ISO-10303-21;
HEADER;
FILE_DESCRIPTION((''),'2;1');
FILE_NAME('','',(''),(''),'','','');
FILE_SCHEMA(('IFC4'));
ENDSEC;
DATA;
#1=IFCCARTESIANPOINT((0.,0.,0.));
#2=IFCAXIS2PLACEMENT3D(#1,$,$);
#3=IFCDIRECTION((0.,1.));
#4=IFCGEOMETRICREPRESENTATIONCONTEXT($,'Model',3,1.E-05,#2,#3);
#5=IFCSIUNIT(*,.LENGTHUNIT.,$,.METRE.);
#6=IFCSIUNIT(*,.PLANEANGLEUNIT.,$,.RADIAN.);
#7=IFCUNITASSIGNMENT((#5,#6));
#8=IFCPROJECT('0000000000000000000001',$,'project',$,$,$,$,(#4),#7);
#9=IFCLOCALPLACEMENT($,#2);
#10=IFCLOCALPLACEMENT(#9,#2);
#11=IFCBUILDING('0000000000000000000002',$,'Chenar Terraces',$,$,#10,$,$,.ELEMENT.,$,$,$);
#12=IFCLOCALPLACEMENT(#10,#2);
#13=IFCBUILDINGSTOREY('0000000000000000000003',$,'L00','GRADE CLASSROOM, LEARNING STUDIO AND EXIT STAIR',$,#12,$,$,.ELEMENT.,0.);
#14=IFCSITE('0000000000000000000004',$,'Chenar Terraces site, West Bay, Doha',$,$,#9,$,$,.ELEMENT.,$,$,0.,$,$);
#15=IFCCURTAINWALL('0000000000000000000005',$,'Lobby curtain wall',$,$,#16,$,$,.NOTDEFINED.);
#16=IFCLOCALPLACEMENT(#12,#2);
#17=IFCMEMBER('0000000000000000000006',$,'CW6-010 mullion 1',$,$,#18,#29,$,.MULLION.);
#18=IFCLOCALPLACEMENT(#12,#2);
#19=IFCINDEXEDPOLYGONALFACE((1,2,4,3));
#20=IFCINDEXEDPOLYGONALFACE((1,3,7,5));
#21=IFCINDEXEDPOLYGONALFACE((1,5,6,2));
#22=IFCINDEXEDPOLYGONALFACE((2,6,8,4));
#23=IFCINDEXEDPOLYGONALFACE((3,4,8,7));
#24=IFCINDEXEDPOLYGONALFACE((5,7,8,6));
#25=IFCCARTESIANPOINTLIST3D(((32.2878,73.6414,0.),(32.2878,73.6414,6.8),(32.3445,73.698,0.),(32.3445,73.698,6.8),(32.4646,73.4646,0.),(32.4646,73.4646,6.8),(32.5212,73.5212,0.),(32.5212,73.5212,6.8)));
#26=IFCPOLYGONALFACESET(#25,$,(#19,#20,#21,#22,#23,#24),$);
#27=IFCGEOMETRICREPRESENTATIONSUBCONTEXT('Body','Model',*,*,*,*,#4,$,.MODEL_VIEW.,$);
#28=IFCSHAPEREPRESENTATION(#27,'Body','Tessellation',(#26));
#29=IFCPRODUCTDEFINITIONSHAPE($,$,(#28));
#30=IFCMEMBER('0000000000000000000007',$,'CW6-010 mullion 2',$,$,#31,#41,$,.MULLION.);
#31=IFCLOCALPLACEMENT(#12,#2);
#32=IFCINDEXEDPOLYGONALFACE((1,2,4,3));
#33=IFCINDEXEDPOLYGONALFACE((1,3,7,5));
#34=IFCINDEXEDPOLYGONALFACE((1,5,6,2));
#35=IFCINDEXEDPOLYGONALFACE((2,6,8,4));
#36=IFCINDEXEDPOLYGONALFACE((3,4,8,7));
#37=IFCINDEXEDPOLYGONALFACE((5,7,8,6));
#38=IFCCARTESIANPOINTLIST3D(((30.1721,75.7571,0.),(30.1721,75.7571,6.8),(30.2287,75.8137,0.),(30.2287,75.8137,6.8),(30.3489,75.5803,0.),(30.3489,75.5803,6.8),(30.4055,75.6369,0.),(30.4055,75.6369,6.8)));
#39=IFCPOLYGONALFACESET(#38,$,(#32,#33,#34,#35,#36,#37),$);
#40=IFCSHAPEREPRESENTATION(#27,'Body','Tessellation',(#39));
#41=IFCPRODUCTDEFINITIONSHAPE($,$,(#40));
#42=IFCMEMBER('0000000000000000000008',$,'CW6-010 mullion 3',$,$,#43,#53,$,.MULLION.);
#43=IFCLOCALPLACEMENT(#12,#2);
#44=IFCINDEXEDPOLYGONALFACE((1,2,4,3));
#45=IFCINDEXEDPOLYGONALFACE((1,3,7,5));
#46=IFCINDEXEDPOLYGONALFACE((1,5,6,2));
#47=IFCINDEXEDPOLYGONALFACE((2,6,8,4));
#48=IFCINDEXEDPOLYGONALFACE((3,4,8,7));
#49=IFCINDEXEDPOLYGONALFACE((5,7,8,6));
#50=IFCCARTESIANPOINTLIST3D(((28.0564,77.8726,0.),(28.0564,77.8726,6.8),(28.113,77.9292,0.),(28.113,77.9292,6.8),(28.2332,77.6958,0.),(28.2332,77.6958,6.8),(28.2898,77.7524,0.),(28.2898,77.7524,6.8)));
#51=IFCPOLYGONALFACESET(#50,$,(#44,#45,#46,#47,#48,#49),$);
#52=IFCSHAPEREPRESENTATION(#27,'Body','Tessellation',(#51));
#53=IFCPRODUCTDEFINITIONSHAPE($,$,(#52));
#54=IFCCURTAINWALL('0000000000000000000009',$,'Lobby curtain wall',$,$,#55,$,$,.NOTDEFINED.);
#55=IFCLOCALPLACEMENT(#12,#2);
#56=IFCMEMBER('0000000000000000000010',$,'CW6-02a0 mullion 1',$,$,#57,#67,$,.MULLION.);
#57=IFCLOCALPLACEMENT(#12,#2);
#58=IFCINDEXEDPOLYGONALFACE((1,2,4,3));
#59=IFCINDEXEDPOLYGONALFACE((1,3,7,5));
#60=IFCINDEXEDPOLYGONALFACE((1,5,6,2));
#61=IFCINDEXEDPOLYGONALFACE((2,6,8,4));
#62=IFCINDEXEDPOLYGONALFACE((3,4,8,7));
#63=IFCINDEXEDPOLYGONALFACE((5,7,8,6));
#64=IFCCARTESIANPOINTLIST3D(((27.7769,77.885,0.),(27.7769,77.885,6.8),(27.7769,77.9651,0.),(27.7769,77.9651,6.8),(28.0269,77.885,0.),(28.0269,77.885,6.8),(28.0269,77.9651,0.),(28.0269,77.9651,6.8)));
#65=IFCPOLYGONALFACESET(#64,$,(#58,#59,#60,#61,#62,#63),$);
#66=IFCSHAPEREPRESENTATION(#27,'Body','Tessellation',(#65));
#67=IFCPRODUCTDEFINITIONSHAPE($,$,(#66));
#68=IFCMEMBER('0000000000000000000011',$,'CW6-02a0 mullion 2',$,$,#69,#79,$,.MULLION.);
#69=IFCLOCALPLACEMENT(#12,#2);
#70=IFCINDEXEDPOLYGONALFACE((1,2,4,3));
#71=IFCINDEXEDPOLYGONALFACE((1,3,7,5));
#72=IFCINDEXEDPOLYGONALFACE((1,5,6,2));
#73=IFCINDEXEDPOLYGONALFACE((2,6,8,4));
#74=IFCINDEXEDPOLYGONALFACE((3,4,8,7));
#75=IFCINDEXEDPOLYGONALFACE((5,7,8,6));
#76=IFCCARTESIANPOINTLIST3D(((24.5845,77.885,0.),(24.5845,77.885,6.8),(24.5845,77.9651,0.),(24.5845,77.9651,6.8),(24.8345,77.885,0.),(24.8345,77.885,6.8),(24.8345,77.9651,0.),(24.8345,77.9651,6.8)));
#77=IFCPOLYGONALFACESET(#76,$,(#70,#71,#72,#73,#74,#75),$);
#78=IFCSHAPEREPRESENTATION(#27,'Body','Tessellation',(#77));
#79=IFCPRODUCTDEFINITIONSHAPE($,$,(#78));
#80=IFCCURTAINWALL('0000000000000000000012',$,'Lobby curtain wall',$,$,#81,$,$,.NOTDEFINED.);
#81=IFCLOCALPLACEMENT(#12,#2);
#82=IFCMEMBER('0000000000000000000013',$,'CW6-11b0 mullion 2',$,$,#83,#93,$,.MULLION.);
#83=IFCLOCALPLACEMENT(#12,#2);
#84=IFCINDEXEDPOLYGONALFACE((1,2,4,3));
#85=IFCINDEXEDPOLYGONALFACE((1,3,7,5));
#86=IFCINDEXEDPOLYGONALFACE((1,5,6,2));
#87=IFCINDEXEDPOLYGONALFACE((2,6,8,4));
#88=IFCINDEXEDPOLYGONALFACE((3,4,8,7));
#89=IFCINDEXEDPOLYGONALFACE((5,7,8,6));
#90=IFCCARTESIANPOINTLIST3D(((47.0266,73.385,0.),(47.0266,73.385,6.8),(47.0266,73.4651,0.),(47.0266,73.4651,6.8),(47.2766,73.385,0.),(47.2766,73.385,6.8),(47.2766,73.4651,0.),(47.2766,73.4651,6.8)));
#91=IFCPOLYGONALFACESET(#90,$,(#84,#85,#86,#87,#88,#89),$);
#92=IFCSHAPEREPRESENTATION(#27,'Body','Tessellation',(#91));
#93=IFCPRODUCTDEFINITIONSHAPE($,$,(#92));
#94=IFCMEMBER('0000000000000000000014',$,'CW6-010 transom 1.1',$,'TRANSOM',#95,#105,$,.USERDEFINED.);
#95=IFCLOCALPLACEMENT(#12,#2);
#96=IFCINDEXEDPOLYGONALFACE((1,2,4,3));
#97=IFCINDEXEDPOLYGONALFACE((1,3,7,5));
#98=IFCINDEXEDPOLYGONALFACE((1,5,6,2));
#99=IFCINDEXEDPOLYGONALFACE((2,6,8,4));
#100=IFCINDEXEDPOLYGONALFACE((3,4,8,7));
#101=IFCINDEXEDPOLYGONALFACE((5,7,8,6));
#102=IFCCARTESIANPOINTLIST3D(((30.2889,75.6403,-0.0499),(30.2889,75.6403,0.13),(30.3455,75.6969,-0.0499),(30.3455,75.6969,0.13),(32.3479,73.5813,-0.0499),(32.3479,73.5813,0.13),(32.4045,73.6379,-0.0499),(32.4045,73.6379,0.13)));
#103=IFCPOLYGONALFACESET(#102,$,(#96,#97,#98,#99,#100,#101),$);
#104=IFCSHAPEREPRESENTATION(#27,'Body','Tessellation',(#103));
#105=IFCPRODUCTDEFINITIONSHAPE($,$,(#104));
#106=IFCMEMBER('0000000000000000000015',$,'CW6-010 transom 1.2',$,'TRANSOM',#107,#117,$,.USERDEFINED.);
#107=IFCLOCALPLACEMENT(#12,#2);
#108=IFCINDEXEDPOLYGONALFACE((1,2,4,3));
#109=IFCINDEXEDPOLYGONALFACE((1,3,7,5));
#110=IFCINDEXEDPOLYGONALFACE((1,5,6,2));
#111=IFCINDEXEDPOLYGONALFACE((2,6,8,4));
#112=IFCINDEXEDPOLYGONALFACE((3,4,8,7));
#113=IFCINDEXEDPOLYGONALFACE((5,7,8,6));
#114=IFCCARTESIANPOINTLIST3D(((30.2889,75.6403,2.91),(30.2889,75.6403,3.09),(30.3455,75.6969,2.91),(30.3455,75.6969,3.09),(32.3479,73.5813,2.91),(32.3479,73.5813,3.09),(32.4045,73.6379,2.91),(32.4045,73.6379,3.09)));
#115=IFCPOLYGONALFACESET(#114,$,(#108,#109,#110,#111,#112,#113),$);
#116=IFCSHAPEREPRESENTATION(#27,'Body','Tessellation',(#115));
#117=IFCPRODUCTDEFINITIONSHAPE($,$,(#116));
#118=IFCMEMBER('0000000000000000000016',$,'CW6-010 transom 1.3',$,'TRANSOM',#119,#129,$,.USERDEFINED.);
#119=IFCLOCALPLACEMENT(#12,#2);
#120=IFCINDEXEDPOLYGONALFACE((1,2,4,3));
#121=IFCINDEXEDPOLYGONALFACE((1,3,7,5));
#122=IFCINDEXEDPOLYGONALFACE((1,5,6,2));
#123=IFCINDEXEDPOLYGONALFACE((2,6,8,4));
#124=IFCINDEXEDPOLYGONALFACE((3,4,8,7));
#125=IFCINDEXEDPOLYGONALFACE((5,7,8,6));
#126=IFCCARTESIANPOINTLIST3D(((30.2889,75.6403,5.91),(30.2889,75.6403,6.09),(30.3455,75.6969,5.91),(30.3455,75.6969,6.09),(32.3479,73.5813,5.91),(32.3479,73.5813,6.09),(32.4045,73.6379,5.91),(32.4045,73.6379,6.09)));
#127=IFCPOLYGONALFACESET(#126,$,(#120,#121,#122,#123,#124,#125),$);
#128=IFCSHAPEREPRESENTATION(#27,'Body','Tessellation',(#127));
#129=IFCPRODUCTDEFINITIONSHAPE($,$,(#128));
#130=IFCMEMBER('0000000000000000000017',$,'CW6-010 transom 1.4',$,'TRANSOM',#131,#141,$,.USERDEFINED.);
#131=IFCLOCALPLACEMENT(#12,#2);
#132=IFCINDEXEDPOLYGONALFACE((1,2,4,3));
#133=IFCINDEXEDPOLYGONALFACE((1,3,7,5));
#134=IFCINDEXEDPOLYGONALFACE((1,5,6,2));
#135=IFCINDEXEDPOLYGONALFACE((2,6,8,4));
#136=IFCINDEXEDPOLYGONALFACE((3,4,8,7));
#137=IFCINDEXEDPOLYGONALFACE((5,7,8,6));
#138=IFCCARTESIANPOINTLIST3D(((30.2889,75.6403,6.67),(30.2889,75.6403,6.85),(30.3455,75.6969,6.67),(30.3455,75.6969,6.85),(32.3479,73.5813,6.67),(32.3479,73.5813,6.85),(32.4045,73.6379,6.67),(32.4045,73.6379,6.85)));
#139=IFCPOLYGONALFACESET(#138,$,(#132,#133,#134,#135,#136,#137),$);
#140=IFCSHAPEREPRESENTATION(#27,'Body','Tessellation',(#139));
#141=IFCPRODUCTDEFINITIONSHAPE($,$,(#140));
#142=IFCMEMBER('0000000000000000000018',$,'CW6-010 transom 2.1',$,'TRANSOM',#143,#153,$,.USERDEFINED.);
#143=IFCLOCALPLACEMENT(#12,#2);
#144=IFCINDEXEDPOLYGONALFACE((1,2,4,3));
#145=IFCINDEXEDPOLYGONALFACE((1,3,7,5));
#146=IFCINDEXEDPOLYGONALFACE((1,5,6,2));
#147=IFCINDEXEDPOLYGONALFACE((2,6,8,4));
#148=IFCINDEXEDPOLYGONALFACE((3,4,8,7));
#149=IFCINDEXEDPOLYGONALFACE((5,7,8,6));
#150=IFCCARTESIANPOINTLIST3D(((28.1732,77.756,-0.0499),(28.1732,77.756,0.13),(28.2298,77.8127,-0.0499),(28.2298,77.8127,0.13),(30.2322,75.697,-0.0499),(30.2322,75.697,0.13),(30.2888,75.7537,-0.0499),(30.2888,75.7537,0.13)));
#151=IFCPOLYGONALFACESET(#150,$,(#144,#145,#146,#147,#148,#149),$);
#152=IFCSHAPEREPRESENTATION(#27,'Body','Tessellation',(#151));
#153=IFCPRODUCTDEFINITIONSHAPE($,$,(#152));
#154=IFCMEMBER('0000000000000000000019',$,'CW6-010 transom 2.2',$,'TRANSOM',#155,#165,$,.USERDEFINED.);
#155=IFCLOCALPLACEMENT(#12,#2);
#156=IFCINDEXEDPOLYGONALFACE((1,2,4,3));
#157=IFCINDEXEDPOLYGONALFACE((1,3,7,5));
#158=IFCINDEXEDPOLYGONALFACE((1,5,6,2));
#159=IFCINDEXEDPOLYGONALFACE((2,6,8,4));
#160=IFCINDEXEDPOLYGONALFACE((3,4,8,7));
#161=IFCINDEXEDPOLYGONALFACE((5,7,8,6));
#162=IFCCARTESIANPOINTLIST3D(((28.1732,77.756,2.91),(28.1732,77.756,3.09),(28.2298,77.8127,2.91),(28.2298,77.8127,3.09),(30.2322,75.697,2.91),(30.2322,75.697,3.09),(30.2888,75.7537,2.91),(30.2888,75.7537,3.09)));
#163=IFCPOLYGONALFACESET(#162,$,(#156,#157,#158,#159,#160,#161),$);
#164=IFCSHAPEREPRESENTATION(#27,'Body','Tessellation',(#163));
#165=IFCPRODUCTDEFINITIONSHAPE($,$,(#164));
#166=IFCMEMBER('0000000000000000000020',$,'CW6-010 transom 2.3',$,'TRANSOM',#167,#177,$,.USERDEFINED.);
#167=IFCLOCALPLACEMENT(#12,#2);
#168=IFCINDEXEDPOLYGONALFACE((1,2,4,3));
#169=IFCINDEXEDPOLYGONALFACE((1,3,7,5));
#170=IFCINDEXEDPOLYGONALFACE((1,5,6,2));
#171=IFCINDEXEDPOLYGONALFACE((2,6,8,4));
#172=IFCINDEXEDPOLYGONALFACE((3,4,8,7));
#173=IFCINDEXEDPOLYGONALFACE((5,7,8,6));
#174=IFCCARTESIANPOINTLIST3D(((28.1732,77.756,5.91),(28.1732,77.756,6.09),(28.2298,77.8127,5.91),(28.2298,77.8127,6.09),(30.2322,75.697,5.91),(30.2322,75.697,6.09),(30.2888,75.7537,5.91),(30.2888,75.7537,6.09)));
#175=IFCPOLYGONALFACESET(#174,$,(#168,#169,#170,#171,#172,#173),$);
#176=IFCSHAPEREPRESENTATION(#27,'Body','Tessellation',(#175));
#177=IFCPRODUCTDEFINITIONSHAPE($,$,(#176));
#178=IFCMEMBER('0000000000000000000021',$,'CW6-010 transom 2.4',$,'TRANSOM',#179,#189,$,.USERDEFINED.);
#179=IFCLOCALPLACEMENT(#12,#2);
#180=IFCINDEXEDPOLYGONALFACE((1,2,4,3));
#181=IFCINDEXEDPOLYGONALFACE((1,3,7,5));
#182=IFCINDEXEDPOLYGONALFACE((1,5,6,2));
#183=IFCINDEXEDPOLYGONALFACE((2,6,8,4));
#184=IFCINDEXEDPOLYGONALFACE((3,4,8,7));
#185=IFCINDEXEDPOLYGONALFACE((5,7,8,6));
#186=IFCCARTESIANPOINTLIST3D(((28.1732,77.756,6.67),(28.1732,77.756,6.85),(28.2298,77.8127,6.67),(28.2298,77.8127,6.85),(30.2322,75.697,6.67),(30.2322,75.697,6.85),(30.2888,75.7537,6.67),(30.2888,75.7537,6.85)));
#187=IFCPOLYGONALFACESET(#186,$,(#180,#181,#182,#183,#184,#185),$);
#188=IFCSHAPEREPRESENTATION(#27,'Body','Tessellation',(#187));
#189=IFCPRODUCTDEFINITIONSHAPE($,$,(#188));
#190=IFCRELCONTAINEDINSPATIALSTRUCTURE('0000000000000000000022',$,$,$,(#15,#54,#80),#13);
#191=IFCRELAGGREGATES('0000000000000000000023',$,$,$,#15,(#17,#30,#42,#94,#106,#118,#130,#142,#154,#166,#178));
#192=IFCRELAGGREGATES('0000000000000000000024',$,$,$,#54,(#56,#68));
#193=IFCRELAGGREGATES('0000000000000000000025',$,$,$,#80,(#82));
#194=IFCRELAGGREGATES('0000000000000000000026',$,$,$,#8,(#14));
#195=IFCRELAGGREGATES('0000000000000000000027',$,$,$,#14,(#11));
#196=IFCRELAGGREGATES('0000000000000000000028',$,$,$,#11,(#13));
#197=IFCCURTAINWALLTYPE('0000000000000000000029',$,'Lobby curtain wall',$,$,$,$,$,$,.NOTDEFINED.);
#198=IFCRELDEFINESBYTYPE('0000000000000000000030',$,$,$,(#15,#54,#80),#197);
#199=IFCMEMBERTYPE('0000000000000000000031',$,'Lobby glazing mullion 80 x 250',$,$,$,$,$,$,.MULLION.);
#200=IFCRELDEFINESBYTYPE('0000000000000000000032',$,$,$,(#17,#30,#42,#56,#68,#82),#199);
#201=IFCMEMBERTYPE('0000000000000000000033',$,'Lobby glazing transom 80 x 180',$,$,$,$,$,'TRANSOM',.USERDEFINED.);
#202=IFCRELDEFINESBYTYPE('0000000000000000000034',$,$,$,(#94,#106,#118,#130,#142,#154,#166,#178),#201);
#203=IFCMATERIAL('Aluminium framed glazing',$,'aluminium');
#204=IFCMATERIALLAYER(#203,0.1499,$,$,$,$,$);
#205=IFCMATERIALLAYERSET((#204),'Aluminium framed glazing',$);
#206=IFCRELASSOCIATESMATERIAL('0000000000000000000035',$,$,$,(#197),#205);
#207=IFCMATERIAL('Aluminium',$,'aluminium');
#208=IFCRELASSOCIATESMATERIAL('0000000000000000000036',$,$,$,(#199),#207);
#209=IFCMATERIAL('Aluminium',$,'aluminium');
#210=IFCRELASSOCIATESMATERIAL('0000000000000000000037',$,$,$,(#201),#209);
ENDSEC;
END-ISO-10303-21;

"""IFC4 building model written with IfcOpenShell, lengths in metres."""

from ifc_helpers import new_model, si_unit, direction, frame, origin, origin_2d, place, context, subcontext, project, spatial, rectangle, extrude, material, layer, layer_set, material_profile, profile_set, type_object, element, aggregate, save


model = new_model("IFC4")

# Units and contexts
model_context = context("Model", 3, precision=1e-05, world=origin(), true_north=direction((0.0, 1.0)))
body_context = subcontext(model_context, "Body", "Model", "MODEL_VIEW")
ifc_project = project(units=[si_unit("LENGTHUNIT", "METRE"), si_unit("PLANEANGLEUNIT", "RADIAN")], contexts=[model_context])

# Site, building, storey
site_placement = place(None, origin())
site = spatial("IfcSite", under=ifc_project, at=site_placement, Name="Chenar Terraces site, West Bay, Doha", CompositionType="ELEMENT", RefElevation=0.0)
building_placement = place(site_placement, origin())
building = spatial("IfcBuilding", under=site, at=building_placement, Name="Chenar Terraces", CompositionType="ELEMENT")
storey_placement = place(building_placement, origin())
storey = spatial("IfcBuildingStorey", under=building, at=storey_placement, Name="L00", Description="GRADE CLASSROOM, LEARNING STUDIO AND EXIT STAIR", CompositionType="ELEMENT", Elevation=0.0)

# Curtain walls, members
ifc_material_1 = material(Name="Aluminium framed glazing", Category="aluminium")
ifc_layer_1 = layer(ifc_material_1, 0.1499)
ifc_layer_set_1 = layer_set([ifc_layer_1], Name="Aluminium framed glazing")
curtain_wall_type = type_object("IfcCurtainWallType", Name="Lobby curtain wall", PredefinedType="NOTDEFINED", material=ifc_layer_set_1)
placement = place(storey_placement, origin())
curtain_wall_1 = element("IfcCurtainWall", 1, at=placement, inside=storey, type_object=curtain_wall_type, Name="Lobby curtain wall", PredefinedType="NOTDEFINED")
ifc_material_2 = material(Name="Aluminium", Category="aluminium")
ifc_material_profile_1 = material_profile(ifc_material_2, rectangle(XDim=0.0801, YDim=0.25, at=origin_2d()), Name="Lobby glazing mullion 80 x 250")
ifc_profile_set_1 = profile_set([ifc_material_profile_1], Name="Aluminium")
member_type_1 = type_object("IfcMemberType", Name="Lobby glazing mullion 80 x 250", PredefinedType="MULLION", material=ifc_profile_set_1)
member_1_placement = place(storey_placement, frame((32.4045, 73.5813, 0.0), z_axis=(0.0, 0.0, 1.0), x_axis=(-0.707107, -0.707107, 0.0)))
member_1 = element("IfcMember", 2, at=member_1_placement, type_object=member_type_1, Name="CW6-010 mullion 1", PredefinedType="MULLION", context=body_context, shape_type="SweptSolid", body=[
    extrude(rectangle(XDim=0.0801, YDim=0.25, at=origin_2d()), origin(), (0.0, 0.0, 1.0), 6.8),
])
member_2_placement = place(storey_placement, frame((30.2888, 75.697, 0.0), z_axis=(0.0, 0.0, 1.0), x_axis=(-0.707107, -0.707107, 0.0)))
member_2 = element("IfcMember", 3, at=member_2_placement, type_object=member_type_1, Name="CW6-010 mullion 2", PredefinedType="MULLION", context=body_context, shape_type="SweptSolid", body=[
    extrude(rectangle(XDim=0.0801, YDim=0.25, at=origin_2d()), origin(), (0.0, 0.0, 1.0), 6.8),
])
member_3_placement = place(storey_placement, frame((28.1731, 77.8125, 0.0), z_axis=(0.0, 0.0, 1.0), x_axis=(-0.707107, -0.707107, 0.0)))
member_3 = element("IfcMember", 4, at=member_3_placement, type_object=member_type_1, Name="CW6-010 mullion 3", PredefinedType="MULLION", context=body_context, shape_type="SweptSolid", body=[
    extrude(rectangle(XDim=0.0801, YDim=0.25, at=origin_2d()), origin(), (0.0, 0.0, 1.0), 6.8),
])
curtain_wall_2 = element("IfcCurtainWall", 5, at=placement, inside=storey, type_object=curtain_wall_type, Name="Lobby curtain wall", PredefinedType="NOTDEFINED")
member_4_placement = place(storey_placement, frame((27.9019, 77.925, 0.0), z_axis=(0.0, 0.0, 1.0), x_axis=(0.0, -1.0, 0.0)))
member_4 = element("IfcMember", 6, at=member_4_placement, type_object=member_type_1, Name="CW6-02a0 mullion 1", PredefinedType="MULLION", context=body_context, shape_type="SweptSolid", body=[
    extrude(rectangle(XDim=0.0801, YDim=0.25, at=origin_2d()), origin(), (0.0, 0.0, 1.0), 6.8),
])
member_5_placement = place(storey_placement, frame((24.7095, 77.925, 0.0), z_axis=(0.0, 0.0, 1.0), x_axis=(0.0, -1.0, 0.0)))
member_5 = element("IfcMember", 7, at=member_5_placement, type_object=member_type_1, Name="CW6-02a0 mullion 2", PredefinedType="MULLION", context=body_context, shape_type="SweptSolid", body=[
    extrude(rectangle(XDim=0.0801, YDim=0.25, at=origin_2d()), origin(), (0.0, 0.0, 1.0), 6.8),
])

# Curtain wall, member
curtain_wall_3 = element("IfcCurtainWall", 8, at=placement, inside=storey, type_object=curtain_wall_type, Name="Lobby curtain wall", PredefinedType="NOTDEFINED")
member_6_placement = place(storey_placement, frame((47.1516, 73.425, 0.0), z_axis=(0.0, 0.0, 1.0), x_axis=(0.0, -1.0, 0.0)))
member_6 = element("IfcMember", 9, at=member_6_placement, type_object=member_type_1, Name="CW6-11b0 mullion 2", PredefinedType="MULLION", context=body_context, shape_type="SweptSolid", body=[
    extrude(rectangle(XDim=0.0801, YDim=0.25, at=origin_2d()), origin(), (0.0, 0.0, 1.0), 6.8),
])

# Members
ifc_material_3 = material(Name="Aluminium", Category="aluminium")
ifc_material_profile_2 = material_profile(ifc_material_3, rectangle(XDim=0.0801, YDim=0.1799, at=origin_2d()), Name="Lobby glazing transom 80 x 180")
ifc_profile_set_2 = profile_set([ifc_material_profile_2], Name="Aluminium")
member_type_2 = type_object("IfcMemberType", Name="Lobby glazing transom 80 x 180", ElementType="TRANSOM", PredefinedType="USERDEFINED", material=ifc_profile_set_2)
member_7_placement = place(storey_placement, frame((32.3762, 73.6096, 0.04), z_axis=(-0.707107, 0.707107, 0.0), x_axis=(-0.707107, -0.707107, 0.0)))
member_7 = element("IfcMember", 10, at=member_7_placement, type_object=member_type_2, Name="CW6-010 transom 1.1", ObjectType="TRANSOM", PredefinedType="USERDEFINED", context=body_context, shape_type="SweptSolid", body=[
    extrude(rectangle(XDim=0.0801, YDim=0.1799, at=origin_2d()), origin(), (0.0, 0.0, 1.0), 2.9119),
])
member_8_placement = place(storey_placement, frame((32.3762, 73.6096, 3.0), z_axis=(-0.707107, 0.707107, 0.0), x_axis=(-0.707107, -0.707107, 0.0)))
member_8 = element("IfcMember", 11, at=member_8_placement, type_object=member_type_2, Name="CW6-010 transom 1.2", ObjectType="TRANSOM", PredefinedType="USERDEFINED", context=body_context, shape_type="SweptSolid", body=[
    extrude(rectangle(XDim=0.0801, YDim=0.1799, at=origin_2d()), origin(), (0.0, 0.0, 1.0), 2.9119),
])
member_9_placement = place(storey_placement, frame((32.3762, 73.6096, 6.0), z_axis=(-0.707107, 0.707107, 0.0), x_axis=(-0.707107, -0.707107, 0.0)))
member_9 = element("IfcMember", 12, at=member_9_placement, type_object=member_type_2, Name="CW6-010 transom 1.3", ObjectType="TRANSOM", PredefinedType="USERDEFINED", context=body_context, shape_type="SweptSolid", body=[
    extrude(rectangle(XDim=0.0801, YDim=0.1799, at=origin_2d()), origin(), (0.0, 0.0, 1.0), 2.9119),
])
member_10_placement = place(storey_placement, frame((32.3762, 73.6096, 6.76), z_axis=(-0.707107, 0.707107, 0.0), x_axis=(-0.707107, -0.707107, 0.0)))
member_10 = element("IfcMember", 13, at=member_10_placement, type_object=member_type_2, Name="CW6-010 transom 1.4", ObjectType="TRANSOM", PredefinedType="USERDEFINED", context=body_context, shape_type="SweptSolid", body=[
    extrude(rectangle(XDim=0.0801, YDim=0.1799, at=origin_2d()), origin(), (0.0, 0.0, 1.0), 2.9119),
])
member_11_placement = place(storey_placement, frame((30.2605, 75.7253, 0.04), z_axis=(-0.707107, 0.707107, 0.0), x_axis=(-0.707107, -0.707107, 0.0)))
member_11 = element("IfcMember", 14, at=member_11_placement, type_object=member_type_2, Name="CW6-010 transom 2.1", ObjectType="TRANSOM", PredefinedType="USERDEFINED", context=body_context, shape_type="SweptSolid", body=[
    extrude(rectangle(XDim=0.0801, YDim=0.1799, at=origin_2d()), origin(), (0.0, 0.0, 1.0), 2.9119),
])
member_12_placement = place(storey_placement, frame((30.2605, 75.7253, 3.0), z_axis=(-0.707107, 0.707107, 0.0), x_axis=(-0.707107, -0.707107, 0.0)))
member_12 = element("IfcMember", 15, at=member_12_placement, type_object=member_type_2, Name="CW6-010 transom 2.2", ObjectType="TRANSOM", PredefinedType="USERDEFINED", context=body_context, shape_type="SweptSolid", body=[
    extrude(rectangle(XDim=0.0801, YDim=0.1799, at=origin_2d()), origin(), (0.0, 0.0, 1.0), 2.9119),
])
member_13_placement = place(storey_placement, frame((30.2605, 75.7253, 6.0), z_axis=(-0.707107, 0.707107, 0.0), x_axis=(-0.707107, -0.707107, 0.0)))
member_13 = element("IfcMember", 16, at=member_13_placement, type_object=member_type_2, Name="CW6-010 transom 2.3", ObjectType="TRANSOM", PredefinedType="USERDEFINED", context=body_context, shape_type="SweptSolid", body=[
    extrude(rectangle(XDim=0.0801, YDim=0.1799, at=origin_2d()), origin(), (0.0, 0.0, 1.0), 2.9119),
])
member_14_placement = place(storey_placement, frame((30.2605, 75.7253, 6.76), z_axis=(-0.707107, 0.707107, 0.0), x_axis=(-0.707107, -0.707107, 0.0)))
member_14 = element("IfcMember", 17, at=member_14_placement, type_object=member_type_2, Name="CW6-010 transom 2.4", ObjectType="TRANSOM", PredefinedType="USERDEFINED", context=body_context, shape_type="SweptSolid", body=[
    extrude(rectangle(XDim=0.0801, YDim=0.1799, at=origin_2d()), origin(), (0.0, 0.0, 1.0), 2.9119),
])

aggregate(curtain_wall_1, [member_1, member_2, member_3, member_7, member_8, member_9, member_10, member_11, member_12, member_13, member_14])
aggregate(curtain_wall_2, [member_4, member_5])
aggregate(curtain_wall_3, [member_6])

save(model, "model.ifc")
